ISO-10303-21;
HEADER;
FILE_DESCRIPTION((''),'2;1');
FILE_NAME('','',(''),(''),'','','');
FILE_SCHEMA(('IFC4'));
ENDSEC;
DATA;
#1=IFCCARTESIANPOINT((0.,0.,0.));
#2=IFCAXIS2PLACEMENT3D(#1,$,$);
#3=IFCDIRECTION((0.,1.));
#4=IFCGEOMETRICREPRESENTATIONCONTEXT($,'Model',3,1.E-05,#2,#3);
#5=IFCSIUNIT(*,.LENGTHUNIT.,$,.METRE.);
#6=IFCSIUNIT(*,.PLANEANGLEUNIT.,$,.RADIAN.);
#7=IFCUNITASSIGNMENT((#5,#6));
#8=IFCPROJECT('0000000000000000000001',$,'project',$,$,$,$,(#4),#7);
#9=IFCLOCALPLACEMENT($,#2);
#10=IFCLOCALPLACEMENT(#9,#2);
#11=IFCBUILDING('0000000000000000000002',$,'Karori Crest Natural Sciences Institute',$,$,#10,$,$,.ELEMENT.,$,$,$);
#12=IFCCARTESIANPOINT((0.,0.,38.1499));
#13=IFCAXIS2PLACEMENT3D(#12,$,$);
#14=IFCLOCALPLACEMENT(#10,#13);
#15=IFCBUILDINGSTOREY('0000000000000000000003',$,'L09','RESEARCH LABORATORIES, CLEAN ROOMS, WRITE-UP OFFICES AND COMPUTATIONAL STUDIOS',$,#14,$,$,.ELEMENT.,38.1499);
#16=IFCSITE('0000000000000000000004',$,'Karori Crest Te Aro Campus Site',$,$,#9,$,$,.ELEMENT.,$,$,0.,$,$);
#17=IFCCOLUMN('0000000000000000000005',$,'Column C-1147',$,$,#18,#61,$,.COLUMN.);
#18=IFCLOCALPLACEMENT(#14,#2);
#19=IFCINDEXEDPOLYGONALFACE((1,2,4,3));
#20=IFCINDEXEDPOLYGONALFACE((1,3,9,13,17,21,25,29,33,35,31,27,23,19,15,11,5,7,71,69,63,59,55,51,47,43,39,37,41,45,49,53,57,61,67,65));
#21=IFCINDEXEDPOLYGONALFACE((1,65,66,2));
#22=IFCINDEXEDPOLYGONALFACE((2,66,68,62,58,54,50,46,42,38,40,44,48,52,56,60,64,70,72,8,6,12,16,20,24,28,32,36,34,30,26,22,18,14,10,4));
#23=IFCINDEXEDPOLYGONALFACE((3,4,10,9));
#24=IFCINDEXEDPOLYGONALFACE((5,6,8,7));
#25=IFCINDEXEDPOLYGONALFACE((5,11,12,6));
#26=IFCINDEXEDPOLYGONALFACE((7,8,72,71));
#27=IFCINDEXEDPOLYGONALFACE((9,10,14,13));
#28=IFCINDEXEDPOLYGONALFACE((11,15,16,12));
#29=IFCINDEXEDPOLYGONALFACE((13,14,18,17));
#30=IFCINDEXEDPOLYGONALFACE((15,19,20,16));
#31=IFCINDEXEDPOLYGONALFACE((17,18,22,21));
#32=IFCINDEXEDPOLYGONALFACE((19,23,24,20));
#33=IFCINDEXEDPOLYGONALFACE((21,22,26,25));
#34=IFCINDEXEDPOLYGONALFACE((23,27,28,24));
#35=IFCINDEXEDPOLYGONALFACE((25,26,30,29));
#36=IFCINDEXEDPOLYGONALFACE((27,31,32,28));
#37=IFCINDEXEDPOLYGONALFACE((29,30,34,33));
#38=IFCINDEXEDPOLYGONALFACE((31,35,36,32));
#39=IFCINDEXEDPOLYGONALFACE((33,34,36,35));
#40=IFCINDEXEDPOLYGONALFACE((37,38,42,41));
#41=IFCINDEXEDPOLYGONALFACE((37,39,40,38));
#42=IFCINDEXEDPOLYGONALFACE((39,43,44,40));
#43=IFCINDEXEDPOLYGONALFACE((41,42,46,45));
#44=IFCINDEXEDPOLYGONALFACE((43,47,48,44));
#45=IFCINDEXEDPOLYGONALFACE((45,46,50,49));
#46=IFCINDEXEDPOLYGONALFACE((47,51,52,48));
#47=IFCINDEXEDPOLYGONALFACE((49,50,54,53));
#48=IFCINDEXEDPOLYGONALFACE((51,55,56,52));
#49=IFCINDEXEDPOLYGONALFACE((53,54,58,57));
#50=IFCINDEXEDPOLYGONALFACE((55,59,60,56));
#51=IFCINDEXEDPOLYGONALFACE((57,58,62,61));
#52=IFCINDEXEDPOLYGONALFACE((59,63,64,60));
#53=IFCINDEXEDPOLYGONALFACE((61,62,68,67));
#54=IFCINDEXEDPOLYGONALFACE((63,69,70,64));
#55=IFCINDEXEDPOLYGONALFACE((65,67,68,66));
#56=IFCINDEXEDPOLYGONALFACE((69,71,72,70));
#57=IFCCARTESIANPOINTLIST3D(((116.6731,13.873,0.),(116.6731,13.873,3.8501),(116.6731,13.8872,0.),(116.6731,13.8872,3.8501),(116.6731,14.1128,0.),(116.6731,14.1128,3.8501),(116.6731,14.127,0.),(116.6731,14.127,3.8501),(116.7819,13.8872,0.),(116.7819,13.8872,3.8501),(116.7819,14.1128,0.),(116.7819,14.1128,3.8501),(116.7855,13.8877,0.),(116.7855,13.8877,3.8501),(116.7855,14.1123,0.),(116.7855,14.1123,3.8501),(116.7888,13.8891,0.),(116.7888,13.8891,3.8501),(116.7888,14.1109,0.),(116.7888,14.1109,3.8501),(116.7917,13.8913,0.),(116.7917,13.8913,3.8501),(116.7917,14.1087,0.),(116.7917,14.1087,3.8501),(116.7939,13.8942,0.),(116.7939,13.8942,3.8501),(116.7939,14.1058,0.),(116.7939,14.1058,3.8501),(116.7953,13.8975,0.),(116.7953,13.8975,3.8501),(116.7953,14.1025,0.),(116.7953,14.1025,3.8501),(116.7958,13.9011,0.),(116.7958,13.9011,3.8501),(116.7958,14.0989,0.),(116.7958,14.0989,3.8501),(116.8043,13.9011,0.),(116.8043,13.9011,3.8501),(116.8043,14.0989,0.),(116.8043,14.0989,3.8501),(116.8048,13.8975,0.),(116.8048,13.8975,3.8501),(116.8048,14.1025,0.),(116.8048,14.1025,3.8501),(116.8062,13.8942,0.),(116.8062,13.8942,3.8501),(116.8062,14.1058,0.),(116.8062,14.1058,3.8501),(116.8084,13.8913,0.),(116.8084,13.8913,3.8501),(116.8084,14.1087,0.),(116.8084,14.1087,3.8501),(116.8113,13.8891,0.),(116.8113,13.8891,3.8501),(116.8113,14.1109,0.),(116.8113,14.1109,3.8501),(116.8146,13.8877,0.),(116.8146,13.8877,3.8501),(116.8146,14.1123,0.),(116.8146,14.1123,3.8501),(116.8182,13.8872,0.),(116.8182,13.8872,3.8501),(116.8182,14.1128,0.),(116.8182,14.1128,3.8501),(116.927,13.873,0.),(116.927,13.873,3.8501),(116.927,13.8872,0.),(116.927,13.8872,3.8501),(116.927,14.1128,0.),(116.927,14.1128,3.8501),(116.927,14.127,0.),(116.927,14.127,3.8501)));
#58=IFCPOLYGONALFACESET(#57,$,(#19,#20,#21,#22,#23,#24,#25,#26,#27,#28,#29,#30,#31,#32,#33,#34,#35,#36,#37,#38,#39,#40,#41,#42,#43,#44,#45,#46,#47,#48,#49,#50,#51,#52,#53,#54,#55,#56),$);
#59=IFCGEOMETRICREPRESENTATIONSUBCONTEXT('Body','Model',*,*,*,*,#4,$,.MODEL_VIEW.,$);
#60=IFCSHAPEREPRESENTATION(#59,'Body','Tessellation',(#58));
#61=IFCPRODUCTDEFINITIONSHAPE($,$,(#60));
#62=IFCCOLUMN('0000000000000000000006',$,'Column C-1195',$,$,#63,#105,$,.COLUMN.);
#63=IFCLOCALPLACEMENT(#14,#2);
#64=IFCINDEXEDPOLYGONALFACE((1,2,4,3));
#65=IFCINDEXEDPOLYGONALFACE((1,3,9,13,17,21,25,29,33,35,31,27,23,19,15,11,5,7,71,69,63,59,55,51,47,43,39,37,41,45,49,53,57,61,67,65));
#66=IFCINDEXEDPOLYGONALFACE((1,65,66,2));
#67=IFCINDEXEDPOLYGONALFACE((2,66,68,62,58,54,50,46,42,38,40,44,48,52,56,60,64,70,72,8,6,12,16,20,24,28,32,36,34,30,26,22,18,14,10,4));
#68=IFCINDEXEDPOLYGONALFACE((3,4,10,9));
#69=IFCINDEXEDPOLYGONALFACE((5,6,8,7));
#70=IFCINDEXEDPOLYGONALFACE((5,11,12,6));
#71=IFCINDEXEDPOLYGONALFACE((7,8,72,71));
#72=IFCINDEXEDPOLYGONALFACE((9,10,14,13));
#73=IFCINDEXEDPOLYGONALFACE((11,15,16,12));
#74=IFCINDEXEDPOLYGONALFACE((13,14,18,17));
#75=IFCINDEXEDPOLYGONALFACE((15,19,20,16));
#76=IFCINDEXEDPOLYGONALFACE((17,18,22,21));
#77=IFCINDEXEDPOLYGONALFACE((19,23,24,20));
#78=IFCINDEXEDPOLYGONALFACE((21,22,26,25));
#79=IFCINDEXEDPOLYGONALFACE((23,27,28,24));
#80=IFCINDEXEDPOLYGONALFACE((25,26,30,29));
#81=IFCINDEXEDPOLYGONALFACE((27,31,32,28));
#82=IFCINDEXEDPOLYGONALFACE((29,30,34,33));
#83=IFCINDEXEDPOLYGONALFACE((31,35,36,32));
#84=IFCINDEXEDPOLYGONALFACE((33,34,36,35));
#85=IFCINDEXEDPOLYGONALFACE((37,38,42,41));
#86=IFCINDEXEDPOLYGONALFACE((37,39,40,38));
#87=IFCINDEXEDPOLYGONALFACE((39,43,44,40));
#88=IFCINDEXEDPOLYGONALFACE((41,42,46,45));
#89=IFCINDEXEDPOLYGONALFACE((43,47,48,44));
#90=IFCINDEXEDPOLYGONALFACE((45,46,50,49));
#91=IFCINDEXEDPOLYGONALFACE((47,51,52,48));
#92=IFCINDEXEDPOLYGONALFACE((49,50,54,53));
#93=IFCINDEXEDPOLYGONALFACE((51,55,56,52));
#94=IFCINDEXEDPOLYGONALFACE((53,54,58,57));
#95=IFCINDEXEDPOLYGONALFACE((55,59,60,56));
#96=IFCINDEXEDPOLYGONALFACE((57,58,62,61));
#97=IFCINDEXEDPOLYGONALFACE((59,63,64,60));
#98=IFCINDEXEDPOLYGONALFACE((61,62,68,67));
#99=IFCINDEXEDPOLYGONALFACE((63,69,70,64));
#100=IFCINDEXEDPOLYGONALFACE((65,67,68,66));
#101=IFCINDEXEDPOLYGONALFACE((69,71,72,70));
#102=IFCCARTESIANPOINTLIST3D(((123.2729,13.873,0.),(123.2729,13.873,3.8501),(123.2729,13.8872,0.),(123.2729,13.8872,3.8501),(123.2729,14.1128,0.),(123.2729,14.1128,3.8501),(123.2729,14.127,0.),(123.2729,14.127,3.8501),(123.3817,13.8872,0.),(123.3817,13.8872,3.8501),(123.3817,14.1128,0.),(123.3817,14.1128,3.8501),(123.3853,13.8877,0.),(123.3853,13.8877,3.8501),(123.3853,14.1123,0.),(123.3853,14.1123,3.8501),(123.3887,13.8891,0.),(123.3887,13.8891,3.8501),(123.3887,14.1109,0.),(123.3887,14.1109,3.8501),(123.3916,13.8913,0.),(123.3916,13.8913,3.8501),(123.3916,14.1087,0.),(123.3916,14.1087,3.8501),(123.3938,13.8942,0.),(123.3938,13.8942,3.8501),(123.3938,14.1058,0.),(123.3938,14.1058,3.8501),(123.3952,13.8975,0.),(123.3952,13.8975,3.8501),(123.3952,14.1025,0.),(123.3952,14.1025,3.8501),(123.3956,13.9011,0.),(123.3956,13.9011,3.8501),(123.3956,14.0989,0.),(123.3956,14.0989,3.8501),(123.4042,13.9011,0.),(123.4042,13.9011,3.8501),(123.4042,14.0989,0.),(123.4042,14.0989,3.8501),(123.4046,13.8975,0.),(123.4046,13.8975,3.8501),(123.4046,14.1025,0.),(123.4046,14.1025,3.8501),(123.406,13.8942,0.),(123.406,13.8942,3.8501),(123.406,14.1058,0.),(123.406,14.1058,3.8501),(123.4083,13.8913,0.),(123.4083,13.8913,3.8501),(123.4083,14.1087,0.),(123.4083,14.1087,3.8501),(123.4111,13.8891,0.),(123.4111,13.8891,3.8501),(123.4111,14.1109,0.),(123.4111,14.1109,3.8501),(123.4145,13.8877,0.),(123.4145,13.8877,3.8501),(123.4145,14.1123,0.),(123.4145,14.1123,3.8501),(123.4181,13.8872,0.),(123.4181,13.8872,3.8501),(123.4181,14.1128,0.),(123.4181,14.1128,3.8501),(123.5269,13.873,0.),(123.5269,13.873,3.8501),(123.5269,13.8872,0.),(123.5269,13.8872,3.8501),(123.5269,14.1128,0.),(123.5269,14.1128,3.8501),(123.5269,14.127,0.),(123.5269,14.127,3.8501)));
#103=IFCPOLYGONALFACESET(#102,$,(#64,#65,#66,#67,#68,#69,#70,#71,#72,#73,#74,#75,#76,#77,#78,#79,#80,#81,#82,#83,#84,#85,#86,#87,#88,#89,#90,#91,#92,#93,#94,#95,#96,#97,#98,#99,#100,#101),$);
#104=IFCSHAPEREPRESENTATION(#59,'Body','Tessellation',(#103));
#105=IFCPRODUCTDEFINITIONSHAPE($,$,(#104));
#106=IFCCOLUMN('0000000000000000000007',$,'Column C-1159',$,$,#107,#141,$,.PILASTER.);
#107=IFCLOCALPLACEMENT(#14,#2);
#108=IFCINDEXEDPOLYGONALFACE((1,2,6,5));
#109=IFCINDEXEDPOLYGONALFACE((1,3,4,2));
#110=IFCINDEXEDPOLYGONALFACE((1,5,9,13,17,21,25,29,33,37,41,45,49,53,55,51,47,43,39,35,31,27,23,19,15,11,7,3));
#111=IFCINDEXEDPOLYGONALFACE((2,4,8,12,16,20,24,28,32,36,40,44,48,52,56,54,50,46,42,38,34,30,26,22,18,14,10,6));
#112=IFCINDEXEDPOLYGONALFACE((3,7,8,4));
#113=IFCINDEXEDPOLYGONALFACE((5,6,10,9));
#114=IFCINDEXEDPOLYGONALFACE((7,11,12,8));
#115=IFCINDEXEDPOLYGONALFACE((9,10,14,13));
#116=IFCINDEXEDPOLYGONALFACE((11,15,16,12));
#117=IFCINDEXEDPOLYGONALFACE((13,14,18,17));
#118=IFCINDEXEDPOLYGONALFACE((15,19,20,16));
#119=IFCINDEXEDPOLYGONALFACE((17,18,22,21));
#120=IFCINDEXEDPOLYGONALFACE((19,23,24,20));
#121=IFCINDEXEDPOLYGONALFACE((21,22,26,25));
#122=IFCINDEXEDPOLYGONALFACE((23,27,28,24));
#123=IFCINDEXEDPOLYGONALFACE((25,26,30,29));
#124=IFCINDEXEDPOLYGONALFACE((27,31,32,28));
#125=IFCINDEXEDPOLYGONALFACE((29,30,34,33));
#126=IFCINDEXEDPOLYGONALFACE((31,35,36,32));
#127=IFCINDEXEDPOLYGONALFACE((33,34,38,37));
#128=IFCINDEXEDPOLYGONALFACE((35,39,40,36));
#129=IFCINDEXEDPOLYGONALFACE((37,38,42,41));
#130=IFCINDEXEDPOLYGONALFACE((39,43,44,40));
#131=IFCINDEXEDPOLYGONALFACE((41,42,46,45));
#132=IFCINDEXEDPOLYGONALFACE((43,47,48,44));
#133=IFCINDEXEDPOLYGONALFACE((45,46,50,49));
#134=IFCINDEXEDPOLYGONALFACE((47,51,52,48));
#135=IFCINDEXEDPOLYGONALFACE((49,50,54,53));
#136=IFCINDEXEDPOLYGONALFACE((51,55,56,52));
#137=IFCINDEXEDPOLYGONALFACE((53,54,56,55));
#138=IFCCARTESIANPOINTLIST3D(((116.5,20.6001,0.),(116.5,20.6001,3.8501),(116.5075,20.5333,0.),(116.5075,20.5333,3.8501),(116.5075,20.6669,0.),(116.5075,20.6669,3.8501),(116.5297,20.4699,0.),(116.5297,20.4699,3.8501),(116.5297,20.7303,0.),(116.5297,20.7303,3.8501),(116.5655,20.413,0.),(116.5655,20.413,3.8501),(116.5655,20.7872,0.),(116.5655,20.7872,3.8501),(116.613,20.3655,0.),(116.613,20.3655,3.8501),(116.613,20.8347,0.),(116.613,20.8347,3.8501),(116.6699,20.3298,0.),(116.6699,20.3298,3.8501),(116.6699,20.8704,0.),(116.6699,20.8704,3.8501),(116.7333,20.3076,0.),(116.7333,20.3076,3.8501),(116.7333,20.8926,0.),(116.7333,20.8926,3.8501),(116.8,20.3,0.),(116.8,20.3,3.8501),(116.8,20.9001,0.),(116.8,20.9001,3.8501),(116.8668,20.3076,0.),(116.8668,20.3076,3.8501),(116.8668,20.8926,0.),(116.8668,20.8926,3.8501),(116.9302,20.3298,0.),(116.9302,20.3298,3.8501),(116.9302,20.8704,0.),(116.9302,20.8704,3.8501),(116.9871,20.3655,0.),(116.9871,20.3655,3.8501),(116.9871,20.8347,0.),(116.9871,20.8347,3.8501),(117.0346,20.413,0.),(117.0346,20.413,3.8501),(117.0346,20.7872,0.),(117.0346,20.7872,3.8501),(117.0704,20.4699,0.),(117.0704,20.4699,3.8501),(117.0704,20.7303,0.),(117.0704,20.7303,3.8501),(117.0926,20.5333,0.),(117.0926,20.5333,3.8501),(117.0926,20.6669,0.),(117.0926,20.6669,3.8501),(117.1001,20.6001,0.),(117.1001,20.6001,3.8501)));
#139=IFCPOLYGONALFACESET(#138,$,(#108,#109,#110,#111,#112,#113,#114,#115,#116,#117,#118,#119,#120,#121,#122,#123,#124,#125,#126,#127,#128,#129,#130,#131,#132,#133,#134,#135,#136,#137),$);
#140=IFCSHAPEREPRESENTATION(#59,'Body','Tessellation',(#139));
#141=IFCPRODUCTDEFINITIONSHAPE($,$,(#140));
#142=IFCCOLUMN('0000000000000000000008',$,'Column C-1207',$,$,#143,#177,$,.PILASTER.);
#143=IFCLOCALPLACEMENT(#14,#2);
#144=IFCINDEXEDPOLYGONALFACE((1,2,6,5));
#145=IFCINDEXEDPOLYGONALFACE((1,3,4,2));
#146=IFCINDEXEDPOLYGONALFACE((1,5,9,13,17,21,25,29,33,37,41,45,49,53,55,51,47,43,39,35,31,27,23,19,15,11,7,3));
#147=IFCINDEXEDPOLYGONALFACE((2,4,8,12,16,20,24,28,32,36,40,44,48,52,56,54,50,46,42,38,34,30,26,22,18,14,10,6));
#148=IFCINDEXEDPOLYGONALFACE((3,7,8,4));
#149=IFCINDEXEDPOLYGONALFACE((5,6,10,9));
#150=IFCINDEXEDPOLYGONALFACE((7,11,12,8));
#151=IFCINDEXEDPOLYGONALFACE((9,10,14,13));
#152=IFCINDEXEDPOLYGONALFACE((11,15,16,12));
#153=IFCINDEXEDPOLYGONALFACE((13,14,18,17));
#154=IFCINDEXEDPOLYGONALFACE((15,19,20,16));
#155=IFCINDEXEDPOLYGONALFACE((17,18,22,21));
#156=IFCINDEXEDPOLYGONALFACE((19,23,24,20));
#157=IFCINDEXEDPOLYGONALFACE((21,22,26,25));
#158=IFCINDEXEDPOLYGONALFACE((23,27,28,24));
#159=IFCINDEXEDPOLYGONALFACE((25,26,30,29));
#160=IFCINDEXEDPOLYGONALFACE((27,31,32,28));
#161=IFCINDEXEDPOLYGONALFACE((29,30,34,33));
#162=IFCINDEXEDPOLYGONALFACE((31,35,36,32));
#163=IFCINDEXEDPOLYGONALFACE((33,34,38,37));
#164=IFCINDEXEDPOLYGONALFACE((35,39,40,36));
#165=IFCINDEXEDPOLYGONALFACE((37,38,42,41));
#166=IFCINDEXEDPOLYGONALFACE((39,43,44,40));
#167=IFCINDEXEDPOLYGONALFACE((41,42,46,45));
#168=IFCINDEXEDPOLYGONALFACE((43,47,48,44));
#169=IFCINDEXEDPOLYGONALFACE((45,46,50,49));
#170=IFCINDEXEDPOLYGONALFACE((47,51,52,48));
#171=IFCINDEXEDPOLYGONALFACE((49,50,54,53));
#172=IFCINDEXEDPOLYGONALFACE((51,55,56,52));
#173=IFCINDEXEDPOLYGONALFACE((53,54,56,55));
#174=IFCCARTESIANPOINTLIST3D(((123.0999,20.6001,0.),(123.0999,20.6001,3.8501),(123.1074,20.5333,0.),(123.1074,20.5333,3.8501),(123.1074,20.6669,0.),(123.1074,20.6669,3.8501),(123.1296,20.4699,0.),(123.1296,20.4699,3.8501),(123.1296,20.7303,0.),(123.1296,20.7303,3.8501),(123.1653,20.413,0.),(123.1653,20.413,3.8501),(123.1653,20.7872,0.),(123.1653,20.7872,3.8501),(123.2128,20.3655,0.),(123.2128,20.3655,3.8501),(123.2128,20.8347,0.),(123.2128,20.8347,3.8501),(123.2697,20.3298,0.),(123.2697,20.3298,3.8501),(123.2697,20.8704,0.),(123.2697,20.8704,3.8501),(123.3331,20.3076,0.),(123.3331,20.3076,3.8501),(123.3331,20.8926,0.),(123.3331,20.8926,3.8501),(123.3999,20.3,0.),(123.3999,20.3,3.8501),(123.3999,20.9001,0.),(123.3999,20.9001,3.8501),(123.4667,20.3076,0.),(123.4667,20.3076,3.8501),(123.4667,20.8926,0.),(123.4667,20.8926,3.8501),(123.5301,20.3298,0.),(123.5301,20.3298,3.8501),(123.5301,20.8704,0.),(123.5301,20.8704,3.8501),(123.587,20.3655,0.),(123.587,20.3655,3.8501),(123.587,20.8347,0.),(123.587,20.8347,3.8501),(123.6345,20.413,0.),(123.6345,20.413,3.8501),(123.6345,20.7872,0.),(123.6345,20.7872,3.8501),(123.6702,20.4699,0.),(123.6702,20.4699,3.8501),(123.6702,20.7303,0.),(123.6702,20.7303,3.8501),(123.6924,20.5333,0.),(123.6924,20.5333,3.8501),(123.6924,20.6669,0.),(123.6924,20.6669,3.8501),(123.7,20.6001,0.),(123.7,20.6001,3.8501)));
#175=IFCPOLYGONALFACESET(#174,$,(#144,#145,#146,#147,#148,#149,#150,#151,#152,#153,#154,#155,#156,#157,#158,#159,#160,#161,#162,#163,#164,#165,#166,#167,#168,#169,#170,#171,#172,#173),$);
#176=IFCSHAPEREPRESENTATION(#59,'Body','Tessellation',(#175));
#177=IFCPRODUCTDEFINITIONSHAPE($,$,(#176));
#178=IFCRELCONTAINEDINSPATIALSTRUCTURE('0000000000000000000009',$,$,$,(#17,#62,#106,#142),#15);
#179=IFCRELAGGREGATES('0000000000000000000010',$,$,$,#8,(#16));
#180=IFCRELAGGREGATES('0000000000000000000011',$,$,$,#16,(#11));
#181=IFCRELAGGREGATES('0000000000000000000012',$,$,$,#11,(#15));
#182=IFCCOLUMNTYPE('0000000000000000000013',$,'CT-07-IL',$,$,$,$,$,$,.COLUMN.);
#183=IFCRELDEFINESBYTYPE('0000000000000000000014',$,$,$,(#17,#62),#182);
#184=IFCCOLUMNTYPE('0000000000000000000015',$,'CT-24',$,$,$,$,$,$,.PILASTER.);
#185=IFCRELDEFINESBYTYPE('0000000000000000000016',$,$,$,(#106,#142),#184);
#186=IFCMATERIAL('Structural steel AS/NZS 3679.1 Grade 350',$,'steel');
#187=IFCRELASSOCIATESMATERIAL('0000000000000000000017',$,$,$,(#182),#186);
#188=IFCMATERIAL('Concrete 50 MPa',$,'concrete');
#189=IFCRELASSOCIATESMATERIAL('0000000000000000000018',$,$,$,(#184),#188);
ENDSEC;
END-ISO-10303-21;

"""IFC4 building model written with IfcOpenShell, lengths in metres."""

from ifc_helpers import new_model, si_unit, direction, frame, origin, origin_2d, place, context, subcontext, project, spatial, circle, i_section, extrude, material, material_profile, profile_set, type_object, element, save


model = new_model("IFC4")

# Units and contexts
model_context = context("Model", 3, precision=1e-05, world=origin(), true_north=direction((0.0, 1.0)))
body_context = subcontext(model_context, "Body", "Model", "MODEL_VIEW")
ifc_project = project(units=[si_unit("LENGTHUNIT", "METRE"), si_unit("PLANEANGLEUNIT", "RADIAN")], contexts=[model_context])

# Site, building, storey
site_placement = place(None, origin())
site = spatial("IfcSite", under=ifc_project, at=site_placement, Name="Karori Crest Te Aro Campus Site", CompositionType="ELEMENT", RefElevation=0.0)
building_placement = place(site_placement, origin())
building = spatial("IfcBuilding", under=site, at=building_placement, Name="Karori Crest Natural Sciences Institute", CompositionType="ELEMENT")
storey_placement = place(building_placement, frame((0.0, 0.0, 38.1499)))
storey = spatial("IfcBuildingStorey", under=building, at=storey_placement, Name="L09", Description="RESEARCH LABORATORIES, CLEAN ROOMS, WRITE-UP OFFICES AND COMPUTATIONAL STUDIOS", CompositionType="ELEMENT", Elevation=38.1499)

# Columns
ifc_material_1 = material(Name="Structural steel AS/NZS 3679.1 Grade 350", Category="steel")
ifc_material_profile_1 = material_profile(ifc_material_1, i_section(OverallWidth=0.2539, OverallDepth=0.2539, WebThickness=0.0085, FlangeThickness=0.0142, FilletRadius=0.0139, at=origin_2d()), Name="250UC72.9")
ifc_profile_set_1 = profile_set([ifc_material_profile_1], Name="Structural steel AS/NZS 3679.1 Grade 350")
column_type_1 = type_object("IfcColumnType", Name="CT-07-IL", PredefinedType="COLUMN", material=ifc_profile_set_1)
for number, where, z_axis, x_axis, name in (
    (1, (116.8, 14.0, 0.0), (0.0, 0.0, 1.0), (1.0, 0.0, 0.0), "Column C-1147"),
    (2, (123.3999, 14.0, 0.0), (0.0, 0.0, 1.0), (1.0, 0.0, 0.0), "Column C-1195"),
):
    element("IfcColumn", number, at=place(storey_placement, frame(where, z_axis=z_axis, x_axis=x_axis)), inside=storey, type_object=column_type_1, Name=name, PredefinedType="COLUMN", context=body_context, shape_type="SweptSolid", body=[
        extrude(i_section(OverallWidth=0.2539, OverallDepth=0.2539, WebThickness=0.0085, FlangeThickness=0.0142, FilletRadius=0.0139, at=origin_2d()), origin(), (0.0, 0.0, 1.0), 3.8501),
    ])
ifc_material_2 = material(Name="Concrete 50 MPa", Category="concrete")
ifc_material_profile_2 = material_profile(ifc_material_2, circle(Radius=0.3, at=origin_2d()), Name="RCC600")
ifc_profile_set_2 = profile_set([ifc_material_profile_2], Name="Concrete 50 MPa")
column_type_2 = type_object("IfcColumnType", Name="CT-24", PredefinedType="PILASTER", material=ifc_profile_set_2)
for number, where, z_axis, x_axis, name in (
    (3, (116.8, 20.6001, 0.0), (0.0, 0.0, 1.0), (1.0, 0.0, 0.0), "Column C-1159"),
    (4, (123.3999, 20.6001, 0.0), (0.0, 0.0, 1.0), (1.0, 0.0, 0.0), "Column C-1207"),
):
    element("IfcColumn", number, at=place(storey_placement, frame(where, z_axis=z_axis, x_axis=x_axis)), inside=storey, type_object=column_type_2, Name=name, PredefinedType="PILASTER", context=body_context, shape_type="SweptSolid", body=[
        extrude(circle(Radius=0.3, at=origin_2d()), origin(), (0.0, 0.0, 1.0), 3.8501),
    ])

save(model, "model.ifc")
